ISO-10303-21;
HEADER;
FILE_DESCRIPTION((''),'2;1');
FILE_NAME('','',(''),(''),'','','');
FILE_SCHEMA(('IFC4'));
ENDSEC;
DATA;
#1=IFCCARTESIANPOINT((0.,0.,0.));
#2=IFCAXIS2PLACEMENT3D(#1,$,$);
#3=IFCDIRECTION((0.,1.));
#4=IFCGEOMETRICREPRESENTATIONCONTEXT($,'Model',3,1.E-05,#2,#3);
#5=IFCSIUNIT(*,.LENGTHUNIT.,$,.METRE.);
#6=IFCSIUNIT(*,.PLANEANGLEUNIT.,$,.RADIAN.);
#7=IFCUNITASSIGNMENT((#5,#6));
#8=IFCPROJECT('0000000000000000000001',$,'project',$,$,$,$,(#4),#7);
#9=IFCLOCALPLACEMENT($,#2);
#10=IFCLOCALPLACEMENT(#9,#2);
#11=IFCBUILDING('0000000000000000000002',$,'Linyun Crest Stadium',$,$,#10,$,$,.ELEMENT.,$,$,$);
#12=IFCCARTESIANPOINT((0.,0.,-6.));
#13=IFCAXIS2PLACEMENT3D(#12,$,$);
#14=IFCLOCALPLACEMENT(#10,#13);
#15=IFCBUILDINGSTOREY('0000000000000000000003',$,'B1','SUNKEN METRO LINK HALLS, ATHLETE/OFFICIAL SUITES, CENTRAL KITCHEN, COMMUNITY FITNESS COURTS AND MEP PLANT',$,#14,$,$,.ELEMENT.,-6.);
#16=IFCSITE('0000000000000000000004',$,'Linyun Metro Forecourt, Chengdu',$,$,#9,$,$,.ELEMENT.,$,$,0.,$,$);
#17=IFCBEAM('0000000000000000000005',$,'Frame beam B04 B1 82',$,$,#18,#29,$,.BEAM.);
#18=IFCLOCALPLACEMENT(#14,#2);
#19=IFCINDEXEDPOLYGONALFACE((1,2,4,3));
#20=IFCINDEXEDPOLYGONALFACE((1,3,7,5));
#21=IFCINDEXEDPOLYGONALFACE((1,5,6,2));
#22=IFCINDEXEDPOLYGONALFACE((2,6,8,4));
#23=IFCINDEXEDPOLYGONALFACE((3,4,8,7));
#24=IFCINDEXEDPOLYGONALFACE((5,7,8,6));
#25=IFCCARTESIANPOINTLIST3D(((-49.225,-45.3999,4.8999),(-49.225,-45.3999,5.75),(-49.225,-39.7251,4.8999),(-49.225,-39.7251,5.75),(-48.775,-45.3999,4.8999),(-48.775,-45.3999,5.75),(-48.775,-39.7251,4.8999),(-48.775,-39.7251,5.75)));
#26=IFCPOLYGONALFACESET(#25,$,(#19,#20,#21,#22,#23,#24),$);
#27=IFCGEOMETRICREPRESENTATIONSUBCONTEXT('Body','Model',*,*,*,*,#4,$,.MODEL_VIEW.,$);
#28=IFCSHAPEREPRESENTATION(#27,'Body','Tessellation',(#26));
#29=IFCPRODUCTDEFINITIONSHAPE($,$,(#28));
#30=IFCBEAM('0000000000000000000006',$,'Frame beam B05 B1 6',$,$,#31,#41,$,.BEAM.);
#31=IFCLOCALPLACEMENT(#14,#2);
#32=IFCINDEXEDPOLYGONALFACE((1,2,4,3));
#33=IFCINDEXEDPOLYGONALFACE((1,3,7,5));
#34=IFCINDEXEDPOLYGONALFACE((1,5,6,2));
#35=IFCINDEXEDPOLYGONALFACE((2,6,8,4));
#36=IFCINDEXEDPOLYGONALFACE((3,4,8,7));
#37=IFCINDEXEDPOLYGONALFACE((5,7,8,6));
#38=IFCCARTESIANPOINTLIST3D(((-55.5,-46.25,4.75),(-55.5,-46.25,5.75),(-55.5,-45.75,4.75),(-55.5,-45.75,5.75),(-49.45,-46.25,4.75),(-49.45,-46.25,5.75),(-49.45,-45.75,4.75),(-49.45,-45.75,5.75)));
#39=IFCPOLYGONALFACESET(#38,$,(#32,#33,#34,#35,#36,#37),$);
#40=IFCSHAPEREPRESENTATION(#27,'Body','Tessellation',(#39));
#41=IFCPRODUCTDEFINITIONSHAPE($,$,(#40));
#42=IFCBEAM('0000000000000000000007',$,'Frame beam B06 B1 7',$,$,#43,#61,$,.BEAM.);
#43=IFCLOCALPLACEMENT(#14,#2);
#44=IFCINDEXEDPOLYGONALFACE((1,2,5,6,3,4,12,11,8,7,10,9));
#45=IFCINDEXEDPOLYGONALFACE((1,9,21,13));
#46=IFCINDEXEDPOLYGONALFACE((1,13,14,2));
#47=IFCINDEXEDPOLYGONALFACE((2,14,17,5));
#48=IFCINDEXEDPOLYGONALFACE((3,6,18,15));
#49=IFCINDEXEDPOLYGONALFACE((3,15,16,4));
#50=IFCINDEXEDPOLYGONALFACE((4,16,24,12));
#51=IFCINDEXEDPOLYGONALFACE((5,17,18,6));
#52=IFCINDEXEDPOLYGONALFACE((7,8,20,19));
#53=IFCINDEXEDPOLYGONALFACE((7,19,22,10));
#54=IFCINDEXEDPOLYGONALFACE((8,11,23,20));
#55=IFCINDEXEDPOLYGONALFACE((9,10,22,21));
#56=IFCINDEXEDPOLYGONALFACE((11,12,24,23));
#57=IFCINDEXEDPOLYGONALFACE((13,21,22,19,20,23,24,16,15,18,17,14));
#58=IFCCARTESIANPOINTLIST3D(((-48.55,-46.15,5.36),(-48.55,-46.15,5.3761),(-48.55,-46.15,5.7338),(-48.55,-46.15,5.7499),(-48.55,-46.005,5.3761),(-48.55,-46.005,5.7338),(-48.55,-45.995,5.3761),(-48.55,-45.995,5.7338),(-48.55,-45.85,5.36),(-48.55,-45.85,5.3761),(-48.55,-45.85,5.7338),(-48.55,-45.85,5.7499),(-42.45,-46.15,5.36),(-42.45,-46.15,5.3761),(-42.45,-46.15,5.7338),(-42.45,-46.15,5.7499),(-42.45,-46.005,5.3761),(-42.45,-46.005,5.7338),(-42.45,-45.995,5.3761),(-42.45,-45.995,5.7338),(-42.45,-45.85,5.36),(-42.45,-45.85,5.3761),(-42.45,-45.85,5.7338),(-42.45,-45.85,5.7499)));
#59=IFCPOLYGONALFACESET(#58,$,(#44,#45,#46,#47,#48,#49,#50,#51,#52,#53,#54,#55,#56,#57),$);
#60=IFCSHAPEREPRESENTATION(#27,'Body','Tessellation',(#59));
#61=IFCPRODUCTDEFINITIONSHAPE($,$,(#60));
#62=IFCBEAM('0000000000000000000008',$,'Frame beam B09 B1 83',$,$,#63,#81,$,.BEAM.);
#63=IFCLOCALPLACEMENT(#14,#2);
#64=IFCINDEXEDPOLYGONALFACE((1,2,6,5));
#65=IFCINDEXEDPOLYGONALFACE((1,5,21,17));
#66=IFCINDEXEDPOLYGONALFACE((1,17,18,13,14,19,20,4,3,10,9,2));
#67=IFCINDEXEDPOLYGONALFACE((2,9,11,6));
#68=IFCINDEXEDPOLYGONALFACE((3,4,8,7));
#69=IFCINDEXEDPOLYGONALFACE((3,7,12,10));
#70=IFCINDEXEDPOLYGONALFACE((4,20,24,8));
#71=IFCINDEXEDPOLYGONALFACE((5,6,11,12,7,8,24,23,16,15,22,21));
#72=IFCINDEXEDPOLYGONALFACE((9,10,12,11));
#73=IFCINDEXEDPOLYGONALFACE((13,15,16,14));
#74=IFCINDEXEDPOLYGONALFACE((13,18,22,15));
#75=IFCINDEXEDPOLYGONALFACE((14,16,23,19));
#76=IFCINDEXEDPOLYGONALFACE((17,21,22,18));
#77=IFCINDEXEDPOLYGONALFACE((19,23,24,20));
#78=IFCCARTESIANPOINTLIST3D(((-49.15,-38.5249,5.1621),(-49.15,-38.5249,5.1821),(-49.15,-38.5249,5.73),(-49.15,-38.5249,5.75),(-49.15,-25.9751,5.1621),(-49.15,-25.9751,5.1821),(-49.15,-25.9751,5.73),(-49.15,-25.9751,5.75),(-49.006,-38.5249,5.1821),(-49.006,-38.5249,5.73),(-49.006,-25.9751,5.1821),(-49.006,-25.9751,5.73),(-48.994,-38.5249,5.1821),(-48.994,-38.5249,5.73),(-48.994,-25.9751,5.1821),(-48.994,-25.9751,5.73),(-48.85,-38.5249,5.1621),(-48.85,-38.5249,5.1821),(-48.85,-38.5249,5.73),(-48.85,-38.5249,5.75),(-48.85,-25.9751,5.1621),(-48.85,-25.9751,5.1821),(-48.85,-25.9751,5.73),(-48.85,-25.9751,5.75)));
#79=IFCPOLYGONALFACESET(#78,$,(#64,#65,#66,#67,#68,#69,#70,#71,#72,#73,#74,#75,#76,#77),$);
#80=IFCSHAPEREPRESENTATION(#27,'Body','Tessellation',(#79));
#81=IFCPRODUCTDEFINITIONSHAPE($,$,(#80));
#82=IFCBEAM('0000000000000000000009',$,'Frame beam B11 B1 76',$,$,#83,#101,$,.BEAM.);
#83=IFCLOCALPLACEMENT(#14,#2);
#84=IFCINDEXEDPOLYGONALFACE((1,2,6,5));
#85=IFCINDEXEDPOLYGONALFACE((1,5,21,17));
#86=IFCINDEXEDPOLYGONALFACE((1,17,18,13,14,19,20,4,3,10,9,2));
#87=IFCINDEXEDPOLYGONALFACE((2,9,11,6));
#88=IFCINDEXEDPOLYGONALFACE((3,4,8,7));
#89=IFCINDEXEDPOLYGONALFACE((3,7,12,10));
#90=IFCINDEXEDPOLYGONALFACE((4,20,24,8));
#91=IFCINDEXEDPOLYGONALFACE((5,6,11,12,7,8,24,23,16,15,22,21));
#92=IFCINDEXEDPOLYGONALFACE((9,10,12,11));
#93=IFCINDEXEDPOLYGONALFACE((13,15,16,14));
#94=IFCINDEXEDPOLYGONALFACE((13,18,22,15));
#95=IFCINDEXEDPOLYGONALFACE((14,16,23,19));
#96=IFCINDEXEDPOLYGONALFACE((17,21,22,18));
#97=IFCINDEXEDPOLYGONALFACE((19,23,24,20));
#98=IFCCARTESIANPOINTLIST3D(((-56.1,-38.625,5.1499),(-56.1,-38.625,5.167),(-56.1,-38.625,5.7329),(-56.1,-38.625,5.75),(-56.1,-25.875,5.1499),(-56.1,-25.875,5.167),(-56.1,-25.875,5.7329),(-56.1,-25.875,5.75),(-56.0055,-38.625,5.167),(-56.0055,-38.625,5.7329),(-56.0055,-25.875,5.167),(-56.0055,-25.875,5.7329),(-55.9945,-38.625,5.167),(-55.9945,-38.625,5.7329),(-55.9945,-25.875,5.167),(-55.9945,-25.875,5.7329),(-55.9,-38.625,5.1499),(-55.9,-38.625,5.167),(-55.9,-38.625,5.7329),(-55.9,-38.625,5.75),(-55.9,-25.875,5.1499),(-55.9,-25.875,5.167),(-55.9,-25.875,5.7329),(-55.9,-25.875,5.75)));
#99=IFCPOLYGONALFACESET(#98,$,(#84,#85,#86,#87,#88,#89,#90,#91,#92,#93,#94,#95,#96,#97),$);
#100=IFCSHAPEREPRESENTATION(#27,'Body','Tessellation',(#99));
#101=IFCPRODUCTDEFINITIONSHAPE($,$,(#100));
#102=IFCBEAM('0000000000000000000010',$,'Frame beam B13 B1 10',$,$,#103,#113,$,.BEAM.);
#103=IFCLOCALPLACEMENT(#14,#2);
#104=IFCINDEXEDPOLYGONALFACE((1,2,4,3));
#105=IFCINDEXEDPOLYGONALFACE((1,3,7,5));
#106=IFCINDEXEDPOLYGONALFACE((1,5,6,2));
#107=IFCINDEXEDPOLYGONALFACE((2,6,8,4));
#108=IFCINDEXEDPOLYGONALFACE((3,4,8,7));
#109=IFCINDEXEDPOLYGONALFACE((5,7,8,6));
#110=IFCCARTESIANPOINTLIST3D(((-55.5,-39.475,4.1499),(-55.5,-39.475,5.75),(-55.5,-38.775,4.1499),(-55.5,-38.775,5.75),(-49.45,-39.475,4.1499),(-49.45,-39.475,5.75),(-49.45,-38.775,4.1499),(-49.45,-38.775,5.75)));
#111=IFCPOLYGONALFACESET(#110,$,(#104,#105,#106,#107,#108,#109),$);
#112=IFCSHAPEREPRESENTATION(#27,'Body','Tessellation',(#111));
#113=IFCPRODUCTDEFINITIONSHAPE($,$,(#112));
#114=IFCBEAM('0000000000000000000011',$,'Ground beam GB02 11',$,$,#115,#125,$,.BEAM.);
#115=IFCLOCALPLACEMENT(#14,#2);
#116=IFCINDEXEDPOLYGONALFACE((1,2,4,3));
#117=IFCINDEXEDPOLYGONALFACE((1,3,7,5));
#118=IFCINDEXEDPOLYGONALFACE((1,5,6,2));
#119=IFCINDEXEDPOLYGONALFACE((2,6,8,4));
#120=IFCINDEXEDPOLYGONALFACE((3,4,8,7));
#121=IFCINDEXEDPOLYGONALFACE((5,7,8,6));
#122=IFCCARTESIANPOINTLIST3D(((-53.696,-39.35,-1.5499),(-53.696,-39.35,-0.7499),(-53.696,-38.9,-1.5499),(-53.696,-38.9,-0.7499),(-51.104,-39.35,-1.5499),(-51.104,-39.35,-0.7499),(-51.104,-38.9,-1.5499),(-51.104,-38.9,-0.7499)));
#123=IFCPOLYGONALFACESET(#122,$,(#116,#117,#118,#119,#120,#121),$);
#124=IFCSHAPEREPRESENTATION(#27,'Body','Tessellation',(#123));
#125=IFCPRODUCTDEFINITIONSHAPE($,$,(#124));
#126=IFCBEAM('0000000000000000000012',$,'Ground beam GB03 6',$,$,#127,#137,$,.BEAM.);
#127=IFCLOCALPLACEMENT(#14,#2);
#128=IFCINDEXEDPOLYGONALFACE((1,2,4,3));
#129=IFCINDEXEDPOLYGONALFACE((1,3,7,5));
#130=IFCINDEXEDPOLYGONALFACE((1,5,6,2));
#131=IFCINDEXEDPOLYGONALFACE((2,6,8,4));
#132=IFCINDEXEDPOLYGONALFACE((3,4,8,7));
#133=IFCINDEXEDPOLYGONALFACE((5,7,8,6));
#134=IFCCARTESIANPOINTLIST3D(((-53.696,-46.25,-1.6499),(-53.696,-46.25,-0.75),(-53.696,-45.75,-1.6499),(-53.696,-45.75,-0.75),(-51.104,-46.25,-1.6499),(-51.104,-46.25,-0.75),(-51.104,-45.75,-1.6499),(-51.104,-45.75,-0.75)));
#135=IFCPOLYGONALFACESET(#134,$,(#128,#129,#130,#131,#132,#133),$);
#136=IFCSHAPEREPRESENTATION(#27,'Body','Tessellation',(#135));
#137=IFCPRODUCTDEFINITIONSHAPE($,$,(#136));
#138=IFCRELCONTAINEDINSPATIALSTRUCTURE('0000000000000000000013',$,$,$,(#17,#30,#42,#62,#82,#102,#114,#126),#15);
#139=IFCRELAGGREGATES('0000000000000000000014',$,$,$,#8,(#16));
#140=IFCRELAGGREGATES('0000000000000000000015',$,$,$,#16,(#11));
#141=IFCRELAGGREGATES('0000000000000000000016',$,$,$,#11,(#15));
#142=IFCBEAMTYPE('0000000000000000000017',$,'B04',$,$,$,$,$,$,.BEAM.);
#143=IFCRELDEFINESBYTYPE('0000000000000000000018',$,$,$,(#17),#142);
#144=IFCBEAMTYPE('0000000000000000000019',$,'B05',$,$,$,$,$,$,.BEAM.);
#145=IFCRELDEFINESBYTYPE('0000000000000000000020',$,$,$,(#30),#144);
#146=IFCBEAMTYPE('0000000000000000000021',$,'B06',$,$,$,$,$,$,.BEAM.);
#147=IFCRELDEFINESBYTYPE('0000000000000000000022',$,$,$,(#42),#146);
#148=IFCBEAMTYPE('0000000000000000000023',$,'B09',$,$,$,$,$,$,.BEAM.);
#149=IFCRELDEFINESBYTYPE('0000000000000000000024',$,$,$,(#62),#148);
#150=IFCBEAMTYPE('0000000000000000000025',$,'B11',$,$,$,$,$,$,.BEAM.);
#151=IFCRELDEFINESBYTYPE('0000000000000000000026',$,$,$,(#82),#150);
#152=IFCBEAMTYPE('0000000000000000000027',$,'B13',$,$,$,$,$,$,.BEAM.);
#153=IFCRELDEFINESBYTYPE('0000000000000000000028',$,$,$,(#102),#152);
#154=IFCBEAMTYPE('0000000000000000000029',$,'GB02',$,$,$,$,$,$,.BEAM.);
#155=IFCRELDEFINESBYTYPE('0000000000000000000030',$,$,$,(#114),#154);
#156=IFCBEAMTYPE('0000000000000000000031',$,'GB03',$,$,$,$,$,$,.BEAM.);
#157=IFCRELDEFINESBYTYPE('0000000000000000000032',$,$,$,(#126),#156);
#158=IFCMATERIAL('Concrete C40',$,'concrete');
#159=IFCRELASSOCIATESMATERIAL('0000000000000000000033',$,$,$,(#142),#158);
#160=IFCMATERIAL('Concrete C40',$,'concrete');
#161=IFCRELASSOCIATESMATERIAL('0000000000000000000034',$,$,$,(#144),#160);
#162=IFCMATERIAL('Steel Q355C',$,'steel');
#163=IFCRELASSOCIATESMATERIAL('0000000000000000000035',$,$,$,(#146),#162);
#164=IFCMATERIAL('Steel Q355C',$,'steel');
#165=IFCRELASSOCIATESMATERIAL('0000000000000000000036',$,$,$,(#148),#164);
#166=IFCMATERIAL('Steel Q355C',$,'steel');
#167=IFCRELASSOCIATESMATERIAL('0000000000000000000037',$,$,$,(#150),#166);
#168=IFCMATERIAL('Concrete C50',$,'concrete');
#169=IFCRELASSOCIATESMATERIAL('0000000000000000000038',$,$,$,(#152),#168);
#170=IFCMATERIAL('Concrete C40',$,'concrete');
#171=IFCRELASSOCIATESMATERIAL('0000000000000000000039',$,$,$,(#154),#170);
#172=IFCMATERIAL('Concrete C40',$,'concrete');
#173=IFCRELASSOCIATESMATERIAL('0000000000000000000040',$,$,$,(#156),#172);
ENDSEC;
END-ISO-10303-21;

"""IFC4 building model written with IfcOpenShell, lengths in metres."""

from ifc_helpers import new_model, si_unit, direction, frame, origin, origin_2d, place, context, subcontext, project, spatial, rectangle, i_section, extrude, material, material_profile, profile_set, type_object, element, save


model = new_model("IFC4")

# Units and contexts
model_context = context("Model", 3, precision=1e-05, world=origin(), true_north=direction((0.0, 1.0)))
body_context = subcontext(model_context, "Body", "Model", "MODEL_VIEW")
ifc_project = project(units=[si_unit("LENGTHUNIT", "METRE"), si_unit("PLANEANGLEUNIT", "RADIAN")], contexts=[model_context])

# Site, building, storey
site_placement = place(None, origin())
site = spatial("IfcSite", under=ifc_project, at=site_placement, Name="Linyun Metro Forecourt, Chengdu", CompositionType="ELEMENT", RefElevation=0.0)
building_placement = place(site_placement, origin())
building = spatial("IfcBuilding", under=site, at=building_placement, Name="Linyun Crest Stadium", CompositionType="ELEMENT")
storey_placement = place(building_placement, frame((0.0, 0.0, -6.0)))
storey = spatial("IfcBuildingStorey", under=building, at=storey_placement, Name="B1", Description="SUNKEN METRO LINK HALLS, ATHLETE/OFFICIAL SUITES, CENTRAL KITCHEN, COMMUNITY FITNESS COURTS AND MEP PLANT", CompositionType="ELEMENT", Elevation=-6.0)

# Beams
ifc_material_1 = material(Name="Concrete C40", Category="concrete")
ifc_material_profile_1 = material_profile(ifc_material_1, rectangle(XDim=0.45, YDim=0.8501, at=origin_2d()), Name="RCB 850x450")
ifc_profile_set_1 = profile_set([ifc_material_profile_1], Name="Concrete C40")
beam_type_1 = type_object("IfcBeamType", Name="B04", PredefinedType="BEAM", material=ifc_profile_set_1)
beam_1_placement = place(storey_placement, frame((-49.0, -45.3999, 5.325), z_axis=(0.0, 1.0, 0.0), x_axis=(-1.0, 0.0, 0.0)))
element("IfcBeam", 1, at=beam_1_placement, inside=storey, type_object=beam_type_1, Name="Frame beam B04 B1 82", PredefinedType="BEAM", context=body_context, shape_type="SweptSolid", body=[
    extrude(rectangle(XDim=0.45, YDim=0.8501, at=origin_2d()), origin(), (0.0, 0.0, 1.0), 5.6748),
])
ifc_material_2 = material(Name="Concrete C40", Category="concrete")
ifc_material_profile_2 = material_profile(ifc_material_2, rectangle(XDim=0.5, YDim=1.0, at=origin_2d()), Name="RCB 1000x500")
ifc_profile_set_2 = profile_set([ifc_material_profile_2], Name="Concrete C40")
beam_type_2 = type_object("IfcBeamType", Name="B05", PredefinedType="BEAM", material=ifc_profile_set_2)
beam_2_placement = place(storey_placement, frame((-55.5, -46.0, 5.25), z_axis=(1.0, 0.0, 0.0), x_axis=(0.0, 1.0, 0.0)))
element("IfcBeam", 2, at=beam_2_placement, inside=storey, type_object=beam_type_2, Name="Frame beam B05 B1 6", PredefinedType="BEAM", context=body_context, shape_type="SweptSolid", body=[
    extrude(rectangle(XDim=0.5, YDim=1.0, at=origin_2d()), origin(), (0.0, 0.0, 1.0), 6.05),
])
ifc_material_3 = material(Name="Steel Q355C", Category="steel")
ifc_material_profile_3 = material_profile(ifc_material_3, i_section(OverallWidth=0.3, OverallDepth=0.3899, WebThickness=0.01, FlangeThickness=0.0161, at=origin_2d()), Name="HM 390x300")
ifc_profile_set_3 = profile_set([ifc_material_profile_3], Name="Steel Q355C")
beam_type_3 = type_object("IfcBeamType", Name="B06", PredefinedType="BEAM", material=ifc_profile_set_3)
beam_3_placement = place(storey_placement, frame((-48.55, -46.0, 5.5549), z_axis=(1.0, 0.0, 0.0), x_axis=(0.0, 1.0, 0.0)))
element("IfcBeam", 3, at=beam_3_placement, inside=storey, type_object=beam_type_3, Name="Frame beam B06 B1 7", PredefinedType="BEAM", context=body_context, shape_type="SweptSolid", body=[
    extrude(i_section(OverallWidth=0.3, OverallDepth=0.3899, WebThickness=0.01, FlangeThickness=0.0161, at=origin_2d()), origin(), (0.0, 0.0, 1.0), 6.1001),
])
ifc_material_4 = material(Name="Steel Q355C", Category="steel")
ifc_material_profile_4 = material_profile(ifc_material_4, i_section(OverallWidth=0.3, OverallDepth=0.5879, WebThickness=0.012, FlangeThickness=0.02, at=origin_2d()), Name="HM 588x300")
ifc_profile_set_4 = profile_set([ifc_material_profile_4], Name="Steel Q355C")
beam_type_4 = type_object("IfcBeamType", Name="B09", PredefinedType="BEAM", material=ifc_profile_set_4)
beam_4_placement = place(storey_placement, frame((-49.0, -38.5249, 5.4561), z_axis=(0.0, 1.0, 0.0), x_axis=(-1.0, 0.0, 0.0)))
element("IfcBeam", 4, at=beam_4_placement, inside=storey, type_object=beam_type_4, Name="Frame beam B09 B1 83", PredefinedType="BEAM", context=body_context, shape_type="SweptSolid", body=[
    extrude(i_section(OverallWidth=0.3, OverallDepth=0.5879, WebThickness=0.012, FlangeThickness=0.02, at=origin_2d()), origin(), (0.0, 0.0, 1.0), 12.5498),
])
ifc_material_5 = material(Name="Steel Q355C", Category="steel")
ifc_material_profile_5 = material_profile(ifc_material_5, i_section(OverallWidth=0.2, OverallDepth=0.6001, WebThickness=0.011, FlangeThickness=0.0171, at=origin_2d()), Name="HN 600x200")
ifc_profile_set_5 = profile_set([ifc_material_profile_5], Name="Steel Q355C")
beam_type_5 = type_object("IfcBeamType", Name="B11", PredefinedType="BEAM", material=ifc_profile_set_5)
beam_5_placement = place(storey_placement, frame((-56.0, -38.625, 5.45), z_axis=(0.0, 1.0, 0.0), x_axis=(-1.0, 0.0, 0.0)))
element("IfcBeam", 5, at=beam_5_placement, inside=storey, type_object=beam_type_5, Name="Frame beam B11 B1 76", PredefinedType="BEAM", context=body_context, shape_type="SweptSolid", body=[
    extrude(i_section(OverallWidth=0.2, OverallDepth=0.6001, WebThickness=0.011, FlangeThickness=0.0171, at=origin_2d()), origin(), (0.0, 0.0, 1.0), 12.75),
])
ifc_material_6 = material(Name="Concrete C50", Category="concrete")
ifc_material_profile_6 = material_profile(ifc_material_6, rectangle(XDim=0.7, YDim=1.6001, at=origin_2d()), Name="RCB 1600x700")
ifc_profile_set_6 = profile_set([ifc_material_profile_6], Name="Concrete C50")
beam_type_6 = type_object("IfcBeamType", Name="B13", PredefinedType="BEAM", material=ifc_profile_set_6)
beam_6_placement = place(storey_placement, frame((-55.5, -39.125, 4.95), z_axis=(1.0, 0.0, 0.0), x_axis=(0.0, 1.0, 0.0)))
element("IfcBeam", 6, at=beam_6_placement, inside=storey, type_object=beam_type_6, Name="Frame beam B13 B1 10", PredefinedType="BEAM", context=body_context, shape_type="SweptSolid", body=[
    extrude(rectangle(XDim=0.7, YDim=1.6001, at=origin_2d()), origin(), (0.0, 0.0, 1.0), 6.05),
])
ifc_material_7 = material(Name="Concrete C40", Category="concrete")
ifc_material_profile_7 = material_profile(ifc_material_7, rectangle(XDim=0.45, YDim=0.8, at=origin_2d()), Name="RCB 800x450")
ifc_profile_set_7 = profile_set([ifc_material_profile_7], Name="Concrete C40")
beam_type_7 = type_object("IfcBeamType", Name="GB02", PredefinedType="BEAM", material=ifc_profile_set_7)
beam_7_placement = place(storey_placement, frame((-53.696, -39.125, -1.1499), z_axis=(1.0, 0.0, 0.0), x_axis=(0.0, 1.0, 0.0)))
element("IfcBeam", 7, at=beam_7_placement, inside=storey, type_object=beam_type_7, Name="Ground beam GB02 11", PredefinedType="BEAM", context=body_context, shape_type="SweptSolid", body=[
    extrude(rectangle(XDim=0.45, YDim=0.8, at=origin_2d()), origin(), (0.0, 0.0, 1.0), 2.592),
])
ifc_material_8 = material(Name="Concrete C40", Category="concrete")
ifc_material_profile_8 = material_profile(ifc_material_8, rectangle(XDim=0.5, YDim=0.8999, at=origin_2d()), Name="RCB 900x500")
ifc_profile_set_8 = profile_set([ifc_material_profile_8], Name="Concrete C40")
beam_type_8 = type_object("IfcBeamType", Name="GB03", PredefinedType="BEAM", material=ifc_profile_set_8)
beam_8_placement = place(storey_placement, frame((-53.696, -46.0, -1.2), z_axis=(1.0, 0.0, 0.0), x_axis=(0.0, 1.0, 0.0)))
element("IfcBeam", 8, at=beam_8_placement, inside=storey, type_object=beam_type_8, Name="Ground beam GB03 6", PredefinedType="BEAM", context=body_context, shape_type="SweptSolid", body=[
    extrude(rectangle(XDim=0.5, YDim=0.8999, at=origin_2d()), origin(), (0.0, 0.0, 1.0), 2.592),
])

save(model, "model.ifc")
